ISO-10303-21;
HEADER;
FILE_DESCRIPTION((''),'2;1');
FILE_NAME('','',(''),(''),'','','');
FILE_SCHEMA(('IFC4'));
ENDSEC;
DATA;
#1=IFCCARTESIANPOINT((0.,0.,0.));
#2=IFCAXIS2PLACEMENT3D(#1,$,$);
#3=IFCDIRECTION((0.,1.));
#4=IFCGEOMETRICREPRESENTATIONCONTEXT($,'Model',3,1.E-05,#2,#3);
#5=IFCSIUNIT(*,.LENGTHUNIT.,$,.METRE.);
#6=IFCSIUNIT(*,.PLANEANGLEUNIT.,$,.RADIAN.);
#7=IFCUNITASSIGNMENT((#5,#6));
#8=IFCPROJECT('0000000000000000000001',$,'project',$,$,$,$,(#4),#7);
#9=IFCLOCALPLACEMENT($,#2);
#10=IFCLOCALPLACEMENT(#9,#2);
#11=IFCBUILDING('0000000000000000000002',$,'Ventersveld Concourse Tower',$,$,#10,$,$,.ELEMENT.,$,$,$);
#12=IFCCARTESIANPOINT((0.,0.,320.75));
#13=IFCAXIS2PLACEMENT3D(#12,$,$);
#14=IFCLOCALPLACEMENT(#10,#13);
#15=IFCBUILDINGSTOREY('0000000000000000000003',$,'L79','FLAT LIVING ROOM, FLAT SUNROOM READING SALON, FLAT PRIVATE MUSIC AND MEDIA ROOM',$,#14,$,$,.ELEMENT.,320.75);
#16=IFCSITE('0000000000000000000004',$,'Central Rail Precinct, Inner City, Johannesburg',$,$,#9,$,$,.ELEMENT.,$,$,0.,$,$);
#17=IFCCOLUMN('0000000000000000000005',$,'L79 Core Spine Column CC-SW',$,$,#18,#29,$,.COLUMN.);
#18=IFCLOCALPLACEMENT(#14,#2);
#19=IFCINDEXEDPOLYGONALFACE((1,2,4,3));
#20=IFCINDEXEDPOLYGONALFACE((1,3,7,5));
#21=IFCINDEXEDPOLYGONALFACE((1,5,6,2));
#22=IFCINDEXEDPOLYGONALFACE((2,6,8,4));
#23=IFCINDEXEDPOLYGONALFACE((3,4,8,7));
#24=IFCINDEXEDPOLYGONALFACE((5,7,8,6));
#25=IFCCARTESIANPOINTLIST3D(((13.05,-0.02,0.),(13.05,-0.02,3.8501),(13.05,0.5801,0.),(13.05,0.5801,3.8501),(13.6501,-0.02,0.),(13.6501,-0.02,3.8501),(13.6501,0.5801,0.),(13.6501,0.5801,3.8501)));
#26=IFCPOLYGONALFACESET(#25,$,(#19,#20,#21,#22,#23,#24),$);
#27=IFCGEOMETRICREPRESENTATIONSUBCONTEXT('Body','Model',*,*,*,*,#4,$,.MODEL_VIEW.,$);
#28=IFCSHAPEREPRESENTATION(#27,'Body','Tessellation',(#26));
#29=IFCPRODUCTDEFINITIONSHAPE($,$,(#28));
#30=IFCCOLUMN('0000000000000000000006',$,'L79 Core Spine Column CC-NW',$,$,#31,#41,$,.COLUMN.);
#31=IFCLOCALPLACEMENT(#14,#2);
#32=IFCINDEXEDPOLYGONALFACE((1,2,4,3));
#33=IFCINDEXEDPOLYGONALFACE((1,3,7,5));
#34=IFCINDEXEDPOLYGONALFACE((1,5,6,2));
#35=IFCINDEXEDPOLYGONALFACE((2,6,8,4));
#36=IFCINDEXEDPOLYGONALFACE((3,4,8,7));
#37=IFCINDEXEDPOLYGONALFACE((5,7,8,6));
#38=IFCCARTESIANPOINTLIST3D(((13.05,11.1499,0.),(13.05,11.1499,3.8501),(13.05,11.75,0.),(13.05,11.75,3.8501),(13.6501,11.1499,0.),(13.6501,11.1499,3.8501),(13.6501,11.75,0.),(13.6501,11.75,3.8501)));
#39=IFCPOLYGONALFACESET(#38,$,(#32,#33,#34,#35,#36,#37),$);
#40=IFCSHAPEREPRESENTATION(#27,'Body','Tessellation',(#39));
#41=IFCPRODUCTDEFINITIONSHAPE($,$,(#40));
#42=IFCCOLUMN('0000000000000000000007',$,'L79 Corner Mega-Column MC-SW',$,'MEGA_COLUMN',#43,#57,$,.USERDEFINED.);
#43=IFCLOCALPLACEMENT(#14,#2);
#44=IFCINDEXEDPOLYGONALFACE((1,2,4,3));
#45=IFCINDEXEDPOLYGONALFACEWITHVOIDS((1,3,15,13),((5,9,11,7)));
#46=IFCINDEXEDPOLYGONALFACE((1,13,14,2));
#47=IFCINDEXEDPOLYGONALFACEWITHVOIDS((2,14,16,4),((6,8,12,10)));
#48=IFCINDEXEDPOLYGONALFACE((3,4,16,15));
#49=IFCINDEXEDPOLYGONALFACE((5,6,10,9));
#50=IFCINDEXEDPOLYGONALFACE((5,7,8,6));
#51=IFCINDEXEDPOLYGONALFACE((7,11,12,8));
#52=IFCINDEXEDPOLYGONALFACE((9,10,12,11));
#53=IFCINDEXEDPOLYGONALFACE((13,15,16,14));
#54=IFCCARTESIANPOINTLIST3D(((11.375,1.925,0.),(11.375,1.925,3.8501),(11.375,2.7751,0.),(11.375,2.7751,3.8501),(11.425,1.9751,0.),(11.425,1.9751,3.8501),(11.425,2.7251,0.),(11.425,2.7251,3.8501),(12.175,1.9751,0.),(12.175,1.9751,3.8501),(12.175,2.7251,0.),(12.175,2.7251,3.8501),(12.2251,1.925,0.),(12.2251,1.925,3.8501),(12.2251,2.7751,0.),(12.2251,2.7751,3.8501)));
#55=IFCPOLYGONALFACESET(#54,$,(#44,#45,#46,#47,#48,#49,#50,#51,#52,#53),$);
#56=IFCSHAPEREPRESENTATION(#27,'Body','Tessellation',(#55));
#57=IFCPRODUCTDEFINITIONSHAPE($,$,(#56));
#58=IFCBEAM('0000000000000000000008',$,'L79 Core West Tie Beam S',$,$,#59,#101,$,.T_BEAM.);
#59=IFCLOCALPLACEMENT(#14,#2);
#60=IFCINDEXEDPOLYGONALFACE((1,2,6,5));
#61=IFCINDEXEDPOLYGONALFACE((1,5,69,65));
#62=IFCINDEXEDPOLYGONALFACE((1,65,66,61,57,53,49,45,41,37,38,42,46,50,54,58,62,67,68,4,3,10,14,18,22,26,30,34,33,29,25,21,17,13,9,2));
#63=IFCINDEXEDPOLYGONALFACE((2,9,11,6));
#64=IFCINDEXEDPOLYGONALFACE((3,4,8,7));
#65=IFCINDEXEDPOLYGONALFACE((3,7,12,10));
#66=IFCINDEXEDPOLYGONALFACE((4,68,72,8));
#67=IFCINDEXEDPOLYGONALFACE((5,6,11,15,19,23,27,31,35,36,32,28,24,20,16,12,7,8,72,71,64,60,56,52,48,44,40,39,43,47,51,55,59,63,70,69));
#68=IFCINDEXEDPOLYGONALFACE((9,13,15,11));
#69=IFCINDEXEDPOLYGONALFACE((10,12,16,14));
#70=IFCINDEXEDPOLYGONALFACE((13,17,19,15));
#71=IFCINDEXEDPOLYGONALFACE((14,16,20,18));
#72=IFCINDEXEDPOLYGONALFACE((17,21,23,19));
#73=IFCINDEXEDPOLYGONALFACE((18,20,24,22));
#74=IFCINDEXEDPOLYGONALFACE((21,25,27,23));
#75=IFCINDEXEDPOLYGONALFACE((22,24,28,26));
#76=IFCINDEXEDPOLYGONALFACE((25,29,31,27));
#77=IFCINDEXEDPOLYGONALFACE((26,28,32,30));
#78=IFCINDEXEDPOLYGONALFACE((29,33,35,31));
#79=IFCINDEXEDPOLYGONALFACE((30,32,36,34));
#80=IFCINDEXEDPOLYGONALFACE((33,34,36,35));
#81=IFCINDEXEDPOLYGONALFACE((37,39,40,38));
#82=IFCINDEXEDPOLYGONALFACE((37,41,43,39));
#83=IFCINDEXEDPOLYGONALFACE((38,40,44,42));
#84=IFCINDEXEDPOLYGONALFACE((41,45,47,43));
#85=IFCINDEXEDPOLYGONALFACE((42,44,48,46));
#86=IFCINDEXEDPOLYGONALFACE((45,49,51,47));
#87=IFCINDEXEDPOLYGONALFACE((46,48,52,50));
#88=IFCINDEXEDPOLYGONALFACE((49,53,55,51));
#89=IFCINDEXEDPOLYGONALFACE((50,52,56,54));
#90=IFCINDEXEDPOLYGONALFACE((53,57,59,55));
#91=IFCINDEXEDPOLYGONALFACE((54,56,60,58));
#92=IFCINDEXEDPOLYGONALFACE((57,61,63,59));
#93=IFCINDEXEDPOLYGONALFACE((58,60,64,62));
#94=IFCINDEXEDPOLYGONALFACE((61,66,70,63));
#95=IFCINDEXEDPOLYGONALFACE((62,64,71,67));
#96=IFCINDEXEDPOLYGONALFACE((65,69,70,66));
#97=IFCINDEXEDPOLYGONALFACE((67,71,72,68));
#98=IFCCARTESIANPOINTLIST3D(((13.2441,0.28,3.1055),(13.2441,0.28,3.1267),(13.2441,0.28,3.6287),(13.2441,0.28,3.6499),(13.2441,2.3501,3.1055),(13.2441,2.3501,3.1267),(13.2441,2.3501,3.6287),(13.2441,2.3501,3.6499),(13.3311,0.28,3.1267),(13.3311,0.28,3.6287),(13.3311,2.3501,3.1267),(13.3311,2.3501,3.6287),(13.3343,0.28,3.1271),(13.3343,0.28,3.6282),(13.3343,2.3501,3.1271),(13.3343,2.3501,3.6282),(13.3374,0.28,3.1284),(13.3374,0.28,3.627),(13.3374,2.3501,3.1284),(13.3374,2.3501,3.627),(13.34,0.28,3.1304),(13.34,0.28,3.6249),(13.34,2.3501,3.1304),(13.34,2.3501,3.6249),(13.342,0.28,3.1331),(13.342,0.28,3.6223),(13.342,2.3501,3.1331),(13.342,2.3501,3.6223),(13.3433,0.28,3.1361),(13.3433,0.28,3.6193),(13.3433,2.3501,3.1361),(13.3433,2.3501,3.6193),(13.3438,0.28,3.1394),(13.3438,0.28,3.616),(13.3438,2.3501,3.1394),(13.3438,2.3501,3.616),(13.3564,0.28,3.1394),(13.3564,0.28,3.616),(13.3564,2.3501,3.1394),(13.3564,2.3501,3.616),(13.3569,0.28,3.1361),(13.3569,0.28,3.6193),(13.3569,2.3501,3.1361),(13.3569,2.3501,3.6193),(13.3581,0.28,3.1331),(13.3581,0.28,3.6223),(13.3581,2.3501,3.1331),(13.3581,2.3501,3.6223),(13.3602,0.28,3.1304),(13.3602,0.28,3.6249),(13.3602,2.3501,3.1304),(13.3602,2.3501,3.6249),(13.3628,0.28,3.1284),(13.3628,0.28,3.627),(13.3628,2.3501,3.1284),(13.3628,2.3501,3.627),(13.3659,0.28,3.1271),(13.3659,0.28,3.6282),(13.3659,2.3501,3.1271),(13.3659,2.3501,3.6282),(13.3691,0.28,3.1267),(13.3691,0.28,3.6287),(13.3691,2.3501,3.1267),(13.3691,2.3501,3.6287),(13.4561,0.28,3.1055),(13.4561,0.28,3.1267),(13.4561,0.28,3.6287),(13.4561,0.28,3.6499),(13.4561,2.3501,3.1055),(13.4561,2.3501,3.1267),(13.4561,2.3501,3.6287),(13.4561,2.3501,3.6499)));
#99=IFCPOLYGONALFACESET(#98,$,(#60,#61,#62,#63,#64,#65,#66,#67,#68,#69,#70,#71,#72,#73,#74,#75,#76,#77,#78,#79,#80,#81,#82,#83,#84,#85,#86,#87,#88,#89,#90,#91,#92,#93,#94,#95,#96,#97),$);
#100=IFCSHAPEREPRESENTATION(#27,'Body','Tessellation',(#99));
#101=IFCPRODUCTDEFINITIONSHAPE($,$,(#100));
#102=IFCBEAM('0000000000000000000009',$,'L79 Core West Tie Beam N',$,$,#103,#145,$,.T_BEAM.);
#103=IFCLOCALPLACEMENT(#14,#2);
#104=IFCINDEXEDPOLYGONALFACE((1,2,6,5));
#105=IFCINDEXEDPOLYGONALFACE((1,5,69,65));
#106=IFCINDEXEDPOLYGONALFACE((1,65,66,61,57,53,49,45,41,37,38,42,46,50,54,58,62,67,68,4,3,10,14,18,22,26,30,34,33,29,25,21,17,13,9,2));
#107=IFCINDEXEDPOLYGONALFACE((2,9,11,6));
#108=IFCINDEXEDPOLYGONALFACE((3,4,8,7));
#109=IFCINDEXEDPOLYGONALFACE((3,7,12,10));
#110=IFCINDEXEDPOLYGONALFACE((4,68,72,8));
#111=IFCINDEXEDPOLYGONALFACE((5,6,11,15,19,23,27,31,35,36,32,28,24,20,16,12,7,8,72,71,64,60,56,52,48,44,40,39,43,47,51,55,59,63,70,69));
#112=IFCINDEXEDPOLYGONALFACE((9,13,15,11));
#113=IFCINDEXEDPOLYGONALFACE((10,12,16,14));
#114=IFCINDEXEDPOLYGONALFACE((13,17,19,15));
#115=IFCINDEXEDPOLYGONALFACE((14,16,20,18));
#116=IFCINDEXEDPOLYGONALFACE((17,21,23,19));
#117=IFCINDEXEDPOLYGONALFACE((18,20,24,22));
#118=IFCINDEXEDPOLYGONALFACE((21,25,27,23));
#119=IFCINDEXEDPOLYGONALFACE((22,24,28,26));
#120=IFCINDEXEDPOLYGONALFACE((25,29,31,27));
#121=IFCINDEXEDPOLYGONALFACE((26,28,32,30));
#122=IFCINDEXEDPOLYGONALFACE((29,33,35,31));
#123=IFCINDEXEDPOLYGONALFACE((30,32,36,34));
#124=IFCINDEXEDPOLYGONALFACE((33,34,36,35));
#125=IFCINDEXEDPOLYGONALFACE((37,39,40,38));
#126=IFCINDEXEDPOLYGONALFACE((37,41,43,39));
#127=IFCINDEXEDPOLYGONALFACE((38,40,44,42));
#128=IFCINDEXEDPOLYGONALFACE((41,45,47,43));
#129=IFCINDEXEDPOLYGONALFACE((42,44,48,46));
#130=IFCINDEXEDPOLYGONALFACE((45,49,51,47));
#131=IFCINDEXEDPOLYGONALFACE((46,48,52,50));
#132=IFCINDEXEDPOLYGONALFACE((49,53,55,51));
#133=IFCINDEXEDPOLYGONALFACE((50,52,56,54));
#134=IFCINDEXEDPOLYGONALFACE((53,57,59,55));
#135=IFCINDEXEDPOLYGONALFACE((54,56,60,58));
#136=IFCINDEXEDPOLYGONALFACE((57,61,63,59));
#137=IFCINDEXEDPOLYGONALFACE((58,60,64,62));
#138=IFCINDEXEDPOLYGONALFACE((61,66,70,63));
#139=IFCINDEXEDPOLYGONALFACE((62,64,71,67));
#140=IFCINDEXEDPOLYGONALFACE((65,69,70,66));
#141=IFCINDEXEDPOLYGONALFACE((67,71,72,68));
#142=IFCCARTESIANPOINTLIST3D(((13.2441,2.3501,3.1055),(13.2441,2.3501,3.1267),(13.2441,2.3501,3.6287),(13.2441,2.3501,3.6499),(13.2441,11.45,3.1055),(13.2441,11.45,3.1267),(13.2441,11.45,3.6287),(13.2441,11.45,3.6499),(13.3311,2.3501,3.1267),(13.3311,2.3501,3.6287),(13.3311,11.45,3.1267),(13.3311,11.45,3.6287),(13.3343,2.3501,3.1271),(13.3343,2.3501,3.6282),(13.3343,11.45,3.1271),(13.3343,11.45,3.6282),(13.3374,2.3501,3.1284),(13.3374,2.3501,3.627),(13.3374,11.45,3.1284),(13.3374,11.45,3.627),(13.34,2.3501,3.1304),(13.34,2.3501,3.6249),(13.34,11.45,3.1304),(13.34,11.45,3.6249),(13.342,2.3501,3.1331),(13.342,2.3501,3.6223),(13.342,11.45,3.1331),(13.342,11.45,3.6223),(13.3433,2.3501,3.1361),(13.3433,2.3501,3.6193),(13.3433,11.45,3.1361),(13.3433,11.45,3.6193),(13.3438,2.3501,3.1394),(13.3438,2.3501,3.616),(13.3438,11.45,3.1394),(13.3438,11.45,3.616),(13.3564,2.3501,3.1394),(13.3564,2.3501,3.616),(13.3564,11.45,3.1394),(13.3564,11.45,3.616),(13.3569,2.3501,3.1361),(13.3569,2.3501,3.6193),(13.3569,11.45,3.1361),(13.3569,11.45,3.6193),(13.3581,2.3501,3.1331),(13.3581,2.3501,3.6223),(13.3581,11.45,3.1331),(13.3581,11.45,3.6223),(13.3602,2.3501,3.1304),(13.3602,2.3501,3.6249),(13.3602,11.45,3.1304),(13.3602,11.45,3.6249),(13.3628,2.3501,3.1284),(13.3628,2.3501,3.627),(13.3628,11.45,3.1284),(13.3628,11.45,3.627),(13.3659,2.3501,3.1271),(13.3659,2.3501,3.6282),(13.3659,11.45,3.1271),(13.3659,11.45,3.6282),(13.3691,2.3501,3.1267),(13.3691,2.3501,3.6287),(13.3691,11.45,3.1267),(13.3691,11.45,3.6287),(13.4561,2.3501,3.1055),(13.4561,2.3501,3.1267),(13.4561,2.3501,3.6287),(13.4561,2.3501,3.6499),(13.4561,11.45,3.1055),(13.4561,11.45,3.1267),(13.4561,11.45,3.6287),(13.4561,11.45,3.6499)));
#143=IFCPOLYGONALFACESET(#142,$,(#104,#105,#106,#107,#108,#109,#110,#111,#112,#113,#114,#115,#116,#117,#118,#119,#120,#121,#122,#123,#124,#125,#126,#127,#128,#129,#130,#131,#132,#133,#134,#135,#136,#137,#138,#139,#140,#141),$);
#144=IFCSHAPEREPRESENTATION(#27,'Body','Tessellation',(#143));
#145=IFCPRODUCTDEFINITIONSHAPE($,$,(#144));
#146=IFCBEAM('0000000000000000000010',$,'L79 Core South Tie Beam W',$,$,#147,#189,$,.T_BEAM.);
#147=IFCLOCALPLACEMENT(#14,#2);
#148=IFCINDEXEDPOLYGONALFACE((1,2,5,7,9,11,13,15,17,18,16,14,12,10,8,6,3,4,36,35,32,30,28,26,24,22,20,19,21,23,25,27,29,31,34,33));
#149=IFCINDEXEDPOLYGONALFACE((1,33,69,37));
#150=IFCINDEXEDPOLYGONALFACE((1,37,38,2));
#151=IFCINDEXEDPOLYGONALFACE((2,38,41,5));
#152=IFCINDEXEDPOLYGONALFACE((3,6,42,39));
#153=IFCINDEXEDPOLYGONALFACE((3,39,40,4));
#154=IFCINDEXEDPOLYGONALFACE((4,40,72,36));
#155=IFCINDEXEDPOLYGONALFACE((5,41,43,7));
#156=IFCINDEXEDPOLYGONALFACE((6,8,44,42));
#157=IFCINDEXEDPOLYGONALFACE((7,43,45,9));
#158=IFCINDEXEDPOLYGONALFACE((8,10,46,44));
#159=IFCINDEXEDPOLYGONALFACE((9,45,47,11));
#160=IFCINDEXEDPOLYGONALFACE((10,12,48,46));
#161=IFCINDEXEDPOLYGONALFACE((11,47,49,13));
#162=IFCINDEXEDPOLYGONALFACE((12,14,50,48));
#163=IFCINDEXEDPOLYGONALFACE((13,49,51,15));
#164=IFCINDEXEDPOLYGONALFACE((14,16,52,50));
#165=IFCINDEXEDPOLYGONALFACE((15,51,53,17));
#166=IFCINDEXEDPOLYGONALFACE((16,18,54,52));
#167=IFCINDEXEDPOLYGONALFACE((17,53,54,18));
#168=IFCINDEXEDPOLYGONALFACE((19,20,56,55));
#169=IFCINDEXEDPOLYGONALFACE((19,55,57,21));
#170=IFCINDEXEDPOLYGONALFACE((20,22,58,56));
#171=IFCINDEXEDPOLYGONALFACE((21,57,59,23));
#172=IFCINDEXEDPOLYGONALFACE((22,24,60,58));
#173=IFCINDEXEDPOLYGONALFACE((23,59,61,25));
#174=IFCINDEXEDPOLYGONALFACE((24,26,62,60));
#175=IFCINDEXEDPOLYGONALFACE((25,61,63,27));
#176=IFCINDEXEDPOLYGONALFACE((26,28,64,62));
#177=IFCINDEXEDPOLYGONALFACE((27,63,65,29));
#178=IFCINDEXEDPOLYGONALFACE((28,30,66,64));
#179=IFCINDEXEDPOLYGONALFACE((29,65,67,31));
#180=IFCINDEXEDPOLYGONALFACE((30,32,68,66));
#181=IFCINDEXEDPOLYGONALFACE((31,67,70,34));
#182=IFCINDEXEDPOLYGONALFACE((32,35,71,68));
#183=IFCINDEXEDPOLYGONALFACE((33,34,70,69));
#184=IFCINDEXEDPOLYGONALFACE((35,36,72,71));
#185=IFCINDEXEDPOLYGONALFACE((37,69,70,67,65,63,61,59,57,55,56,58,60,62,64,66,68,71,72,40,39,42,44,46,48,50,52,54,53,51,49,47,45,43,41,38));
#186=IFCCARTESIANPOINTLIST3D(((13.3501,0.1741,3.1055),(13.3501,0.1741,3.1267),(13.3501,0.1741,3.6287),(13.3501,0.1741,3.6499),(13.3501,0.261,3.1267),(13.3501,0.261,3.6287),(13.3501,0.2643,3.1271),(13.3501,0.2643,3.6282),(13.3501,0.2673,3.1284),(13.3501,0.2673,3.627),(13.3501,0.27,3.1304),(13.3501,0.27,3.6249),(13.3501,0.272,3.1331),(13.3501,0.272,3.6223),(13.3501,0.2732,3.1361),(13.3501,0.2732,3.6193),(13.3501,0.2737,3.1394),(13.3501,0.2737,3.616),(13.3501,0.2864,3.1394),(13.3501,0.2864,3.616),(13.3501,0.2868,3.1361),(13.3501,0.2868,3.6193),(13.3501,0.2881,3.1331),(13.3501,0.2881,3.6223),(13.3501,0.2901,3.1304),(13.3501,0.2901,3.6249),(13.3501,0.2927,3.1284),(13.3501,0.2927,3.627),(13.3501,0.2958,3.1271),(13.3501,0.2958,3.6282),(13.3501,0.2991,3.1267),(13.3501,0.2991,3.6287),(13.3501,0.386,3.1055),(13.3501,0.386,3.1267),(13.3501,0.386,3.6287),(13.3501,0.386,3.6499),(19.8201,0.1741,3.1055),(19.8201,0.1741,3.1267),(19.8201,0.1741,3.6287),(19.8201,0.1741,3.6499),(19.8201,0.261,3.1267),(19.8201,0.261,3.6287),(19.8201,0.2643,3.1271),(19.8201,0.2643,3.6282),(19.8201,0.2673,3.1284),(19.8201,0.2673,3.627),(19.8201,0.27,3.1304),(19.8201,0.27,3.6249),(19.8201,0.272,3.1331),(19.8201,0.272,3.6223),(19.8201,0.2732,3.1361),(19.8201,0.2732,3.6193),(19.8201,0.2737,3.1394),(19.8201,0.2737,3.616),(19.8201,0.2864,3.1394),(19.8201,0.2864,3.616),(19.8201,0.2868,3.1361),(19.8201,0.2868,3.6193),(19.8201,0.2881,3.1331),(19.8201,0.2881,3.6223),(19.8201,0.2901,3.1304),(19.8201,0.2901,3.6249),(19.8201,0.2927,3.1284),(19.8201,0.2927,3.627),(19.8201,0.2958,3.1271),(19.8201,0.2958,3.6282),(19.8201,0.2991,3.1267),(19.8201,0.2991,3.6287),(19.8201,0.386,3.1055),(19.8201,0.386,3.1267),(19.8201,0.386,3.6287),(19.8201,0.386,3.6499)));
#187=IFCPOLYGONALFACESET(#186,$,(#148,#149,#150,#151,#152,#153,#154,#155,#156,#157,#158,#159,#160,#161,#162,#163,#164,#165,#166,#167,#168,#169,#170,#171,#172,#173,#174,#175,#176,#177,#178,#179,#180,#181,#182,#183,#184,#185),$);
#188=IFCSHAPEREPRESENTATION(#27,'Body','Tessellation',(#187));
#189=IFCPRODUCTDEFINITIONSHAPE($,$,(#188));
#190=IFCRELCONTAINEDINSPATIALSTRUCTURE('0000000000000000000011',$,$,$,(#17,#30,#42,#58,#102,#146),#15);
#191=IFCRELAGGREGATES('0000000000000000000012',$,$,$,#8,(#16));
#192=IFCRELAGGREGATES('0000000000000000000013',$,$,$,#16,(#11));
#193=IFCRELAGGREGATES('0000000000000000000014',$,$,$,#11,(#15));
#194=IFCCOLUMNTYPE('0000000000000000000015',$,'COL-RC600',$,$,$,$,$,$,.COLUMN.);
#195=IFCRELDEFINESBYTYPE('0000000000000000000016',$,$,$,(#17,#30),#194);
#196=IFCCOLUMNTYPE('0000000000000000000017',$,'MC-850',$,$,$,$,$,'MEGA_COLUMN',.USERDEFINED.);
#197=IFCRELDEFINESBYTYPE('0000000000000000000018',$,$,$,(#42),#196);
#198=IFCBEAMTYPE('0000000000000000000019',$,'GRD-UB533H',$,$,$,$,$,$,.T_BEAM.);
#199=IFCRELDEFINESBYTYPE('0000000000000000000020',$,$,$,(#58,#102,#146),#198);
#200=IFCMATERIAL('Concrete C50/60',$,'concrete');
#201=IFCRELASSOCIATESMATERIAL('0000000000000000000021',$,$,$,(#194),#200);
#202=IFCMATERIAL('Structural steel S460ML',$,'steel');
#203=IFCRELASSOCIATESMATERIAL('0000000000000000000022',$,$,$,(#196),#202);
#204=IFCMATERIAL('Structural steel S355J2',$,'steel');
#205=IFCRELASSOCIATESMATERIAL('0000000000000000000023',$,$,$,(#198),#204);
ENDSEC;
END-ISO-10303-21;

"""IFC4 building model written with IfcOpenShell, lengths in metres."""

from ifc_helpers import new_model, si_unit, direction, frame, origin, origin_2d, place, context, subcontext, project, spatial, rectangle, hollow_rectangle, i_section, extrude, material, material_profile, profile_set, type_object, element, save


model = new_model("IFC4")

# Units and contexts
model_context = context("Model", 3, precision=1e-05, world=origin(), true_north=direction((0.0, 1.0)))
body_context = subcontext(model_context, "Body", "Model", "MODEL_VIEW")
ifc_project = project(units=[si_unit("LENGTHUNIT", "METRE"), si_unit("PLANEANGLEUNIT", "RADIAN")], contexts=[model_context])

# Site, building, storey
site_placement = place(None, origin())
site = spatial("IfcSite", under=ifc_project, at=site_placement, Name="Central Rail Precinct, Inner City, Johannesburg", CompositionType="ELEMENT", RefElevation=0.0)
building_placement = place(site_placement, origin())
building = spatial("IfcBuilding", under=site, at=building_placement, Name="Ventersveld Concourse Tower", CompositionType="ELEMENT")
storey_placement = place(building_placement, frame((0.0, 0.0, 320.75)))
storey = spatial("IfcBuildingStorey", under=building, at=storey_placement, Name="L79", Description="FLAT LIVING ROOM, FLAT SUNROOM READING SALON, FLAT PRIVATE MUSIC AND MEDIA ROOM", CompositionType="ELEMENT", Elevation=320.75)

# Columns
ifc_material_1 = material(Name="Concrete C50/60", Category="concrete")
ifc_material_profile_1 = material_profile(ifc_material_1, rectangle(XDim=0.6001, YDim=0.6001, at=origin_2d()), Name="RC 600x600")
ifc_profile_set_1 = profile_set([ifc_material_profile_1], Name="Concrete C50/60")
column_type_1 = type_object("IfcColumnType", Name="COL-RC600", PredefinedType="COLUMN", material=ifc_profile_set_1)
for number, where, z_axis, x_axis, name in (
    (1, (13.3501, 0.28, 0.0), (0.0, 0.0, 1.0), (1.0, 0.0, 0.0), "L79 Core Spine Column CC-SW"),
    (2, (13.3501, 11.45, 0.0), (0.0, 0.0, 1.0), (1.0, 0.0, 0.0), "L79 Core Spine Column CC-NW"),
):
    element("IfcColumn", number, at=place(storey_placement, frame(where, z_axis=z_axis, x_axis=x_axis)), inside=storey, type_object=column_type_1, Name=name, PredefinedType="COLUMN", context=body_context, shape_type="SweptSolid", body=[
        extrude(rectangle(XDim=0.6001, YDim=0.6001, at=origin_2d()), origin(), (0.0, 0.0, 1.0), 3.8501),
    ])
ifc_material_2 = material(Name="Structural steel S460ML", Category="steel")
ifc_material_profile_2 = material_profile(ifc_material_2, hollow_rectangle(XDim=0.8501, YDim=0.8501, WallThickness=0.05, at=origin_2d()), Name="BOX 850x850x50")
ifc_profile_set_2 = profile_set([ifc_material_profile_2], Name="Structural steel S460ML")
column_type_2 = type_object("IfcColumnType", Name="MC-850", ElementType="MEGA_COLUMN", PredefinedType="USERDEFINED", material=ifc_profile_set_2)
column_placement = place(storey_placement, frame((11.8, 2.3501, 0.0), z_axis=(0.0, 0.0, 1.0), x_axis=(1.0, 0.0, 0.0)))
element("IfcColumn", 3, at=column_placement, inside=storey, type_object=column_type_2, Name="L79 Corner Mega-Column MC-SW", ObjectType="MEGA_COLUMN", PredefinedType="USERDEFINED", context=body_context, shape_type="SweptSolid", body=[
    extrude(hollow_rectangle(XDim=0.8501, YDim=0.8501, WallThickness=0.05, at=origin_2d()), origin(), (0.0, 0.0, 1.0), 3.8501),
])

# Beams
ifc_material_3 = material(Name="Structural steel S355J2", Category="steel")
ifc_material_profile_3 = material_profile(ifc_material_3, i_section(OverallWidth=0.2119, OverallDepth=0.5444, WebThickness=0.0127, FlangeThickness=0.0212, FilletRadius=0.0127, at=origin_2d()), Name="UB 533x210x122")
ifc_profile_set_3 = profile_set([ifc_material_profile_3], Name="Structural steel S355J2")
beam_type_1 = type_object("IfcBeamType", Name="GRD-UB533H", PredefinedType="T_BEAM", material=ifc_profile_set_3)
beam_1_placement = place(storey_placement, frame((13.3501, 0.28, 3.3777), z_axis=(0.0, 1.0, 0.0), x_axis=(-1.0, 0.0, 0.0)))
element("IfcBeam", 4, at=beam_1_placement, inside=storey, type_object=beam_type_1, Name="L79 Core West Tie Beam S", PredefinedType="T_BEAM", context=body_context, shape_type="SweptSolid", body=[
    extrude(i_section(OverallWidth=0.2119, OverallDepth=0.5444, WebThickness=0.0127, FlangeThickness=0.0212, FilletRadius=0.0127, at=origin_2d()), origin(), (0.0, 0.0, 1.0), 2.0701),
])
beam_2_placement = place(storey_placement, frame((13.3501, 2.3501, 3.3777), z_axis=(0.0, 1.0, 0.0), x_axis=(-1.0, 0.0, 0.0)))
element("IfcBeam", 5, at=beam_2_placement, inside=storey, type_object=beam_type_1, Name="L79 Core West Tie Beam N", PredefinedType="T_BEAM", context=body_context, shape_type="SweptSolid", body=[
    extrude(i_section(OverallWidth=0.2119, OverallDepth=0.5444, WebThickness=0.0127, FlangeThickness=0.0212, FilletRadius=0.0127, at=origin_2d()), origin(), (0.0, 0.0, 1.0), 9.0999),
])
beam_3_placement = place(storey_placement, frame((13.3501, 0.28, 3.3777), z_axis=(1.0, 0.0, 0.0), x_axis=(0.0, 1.0, 0.0)))
element("IfcBeam", 6, at=beam_3_placement, inside=storey, type_object=beam_type_1, Name="L79 Core South Tie Beam W", PredefinedType="T_BEAM", context=body_context, shape_type="SweptSolid", body=[
    extrude(i_section(OverallWidth=0.2119, OverallDepth=0.5444, WebThickness=0.0127, FlangeThickness=0.0212, FilletRadius=0.0127, at=origin_2d()), origin(), (0.0, 0.0, 1.0), 6.47),
])

save(model, "model.ifc")
